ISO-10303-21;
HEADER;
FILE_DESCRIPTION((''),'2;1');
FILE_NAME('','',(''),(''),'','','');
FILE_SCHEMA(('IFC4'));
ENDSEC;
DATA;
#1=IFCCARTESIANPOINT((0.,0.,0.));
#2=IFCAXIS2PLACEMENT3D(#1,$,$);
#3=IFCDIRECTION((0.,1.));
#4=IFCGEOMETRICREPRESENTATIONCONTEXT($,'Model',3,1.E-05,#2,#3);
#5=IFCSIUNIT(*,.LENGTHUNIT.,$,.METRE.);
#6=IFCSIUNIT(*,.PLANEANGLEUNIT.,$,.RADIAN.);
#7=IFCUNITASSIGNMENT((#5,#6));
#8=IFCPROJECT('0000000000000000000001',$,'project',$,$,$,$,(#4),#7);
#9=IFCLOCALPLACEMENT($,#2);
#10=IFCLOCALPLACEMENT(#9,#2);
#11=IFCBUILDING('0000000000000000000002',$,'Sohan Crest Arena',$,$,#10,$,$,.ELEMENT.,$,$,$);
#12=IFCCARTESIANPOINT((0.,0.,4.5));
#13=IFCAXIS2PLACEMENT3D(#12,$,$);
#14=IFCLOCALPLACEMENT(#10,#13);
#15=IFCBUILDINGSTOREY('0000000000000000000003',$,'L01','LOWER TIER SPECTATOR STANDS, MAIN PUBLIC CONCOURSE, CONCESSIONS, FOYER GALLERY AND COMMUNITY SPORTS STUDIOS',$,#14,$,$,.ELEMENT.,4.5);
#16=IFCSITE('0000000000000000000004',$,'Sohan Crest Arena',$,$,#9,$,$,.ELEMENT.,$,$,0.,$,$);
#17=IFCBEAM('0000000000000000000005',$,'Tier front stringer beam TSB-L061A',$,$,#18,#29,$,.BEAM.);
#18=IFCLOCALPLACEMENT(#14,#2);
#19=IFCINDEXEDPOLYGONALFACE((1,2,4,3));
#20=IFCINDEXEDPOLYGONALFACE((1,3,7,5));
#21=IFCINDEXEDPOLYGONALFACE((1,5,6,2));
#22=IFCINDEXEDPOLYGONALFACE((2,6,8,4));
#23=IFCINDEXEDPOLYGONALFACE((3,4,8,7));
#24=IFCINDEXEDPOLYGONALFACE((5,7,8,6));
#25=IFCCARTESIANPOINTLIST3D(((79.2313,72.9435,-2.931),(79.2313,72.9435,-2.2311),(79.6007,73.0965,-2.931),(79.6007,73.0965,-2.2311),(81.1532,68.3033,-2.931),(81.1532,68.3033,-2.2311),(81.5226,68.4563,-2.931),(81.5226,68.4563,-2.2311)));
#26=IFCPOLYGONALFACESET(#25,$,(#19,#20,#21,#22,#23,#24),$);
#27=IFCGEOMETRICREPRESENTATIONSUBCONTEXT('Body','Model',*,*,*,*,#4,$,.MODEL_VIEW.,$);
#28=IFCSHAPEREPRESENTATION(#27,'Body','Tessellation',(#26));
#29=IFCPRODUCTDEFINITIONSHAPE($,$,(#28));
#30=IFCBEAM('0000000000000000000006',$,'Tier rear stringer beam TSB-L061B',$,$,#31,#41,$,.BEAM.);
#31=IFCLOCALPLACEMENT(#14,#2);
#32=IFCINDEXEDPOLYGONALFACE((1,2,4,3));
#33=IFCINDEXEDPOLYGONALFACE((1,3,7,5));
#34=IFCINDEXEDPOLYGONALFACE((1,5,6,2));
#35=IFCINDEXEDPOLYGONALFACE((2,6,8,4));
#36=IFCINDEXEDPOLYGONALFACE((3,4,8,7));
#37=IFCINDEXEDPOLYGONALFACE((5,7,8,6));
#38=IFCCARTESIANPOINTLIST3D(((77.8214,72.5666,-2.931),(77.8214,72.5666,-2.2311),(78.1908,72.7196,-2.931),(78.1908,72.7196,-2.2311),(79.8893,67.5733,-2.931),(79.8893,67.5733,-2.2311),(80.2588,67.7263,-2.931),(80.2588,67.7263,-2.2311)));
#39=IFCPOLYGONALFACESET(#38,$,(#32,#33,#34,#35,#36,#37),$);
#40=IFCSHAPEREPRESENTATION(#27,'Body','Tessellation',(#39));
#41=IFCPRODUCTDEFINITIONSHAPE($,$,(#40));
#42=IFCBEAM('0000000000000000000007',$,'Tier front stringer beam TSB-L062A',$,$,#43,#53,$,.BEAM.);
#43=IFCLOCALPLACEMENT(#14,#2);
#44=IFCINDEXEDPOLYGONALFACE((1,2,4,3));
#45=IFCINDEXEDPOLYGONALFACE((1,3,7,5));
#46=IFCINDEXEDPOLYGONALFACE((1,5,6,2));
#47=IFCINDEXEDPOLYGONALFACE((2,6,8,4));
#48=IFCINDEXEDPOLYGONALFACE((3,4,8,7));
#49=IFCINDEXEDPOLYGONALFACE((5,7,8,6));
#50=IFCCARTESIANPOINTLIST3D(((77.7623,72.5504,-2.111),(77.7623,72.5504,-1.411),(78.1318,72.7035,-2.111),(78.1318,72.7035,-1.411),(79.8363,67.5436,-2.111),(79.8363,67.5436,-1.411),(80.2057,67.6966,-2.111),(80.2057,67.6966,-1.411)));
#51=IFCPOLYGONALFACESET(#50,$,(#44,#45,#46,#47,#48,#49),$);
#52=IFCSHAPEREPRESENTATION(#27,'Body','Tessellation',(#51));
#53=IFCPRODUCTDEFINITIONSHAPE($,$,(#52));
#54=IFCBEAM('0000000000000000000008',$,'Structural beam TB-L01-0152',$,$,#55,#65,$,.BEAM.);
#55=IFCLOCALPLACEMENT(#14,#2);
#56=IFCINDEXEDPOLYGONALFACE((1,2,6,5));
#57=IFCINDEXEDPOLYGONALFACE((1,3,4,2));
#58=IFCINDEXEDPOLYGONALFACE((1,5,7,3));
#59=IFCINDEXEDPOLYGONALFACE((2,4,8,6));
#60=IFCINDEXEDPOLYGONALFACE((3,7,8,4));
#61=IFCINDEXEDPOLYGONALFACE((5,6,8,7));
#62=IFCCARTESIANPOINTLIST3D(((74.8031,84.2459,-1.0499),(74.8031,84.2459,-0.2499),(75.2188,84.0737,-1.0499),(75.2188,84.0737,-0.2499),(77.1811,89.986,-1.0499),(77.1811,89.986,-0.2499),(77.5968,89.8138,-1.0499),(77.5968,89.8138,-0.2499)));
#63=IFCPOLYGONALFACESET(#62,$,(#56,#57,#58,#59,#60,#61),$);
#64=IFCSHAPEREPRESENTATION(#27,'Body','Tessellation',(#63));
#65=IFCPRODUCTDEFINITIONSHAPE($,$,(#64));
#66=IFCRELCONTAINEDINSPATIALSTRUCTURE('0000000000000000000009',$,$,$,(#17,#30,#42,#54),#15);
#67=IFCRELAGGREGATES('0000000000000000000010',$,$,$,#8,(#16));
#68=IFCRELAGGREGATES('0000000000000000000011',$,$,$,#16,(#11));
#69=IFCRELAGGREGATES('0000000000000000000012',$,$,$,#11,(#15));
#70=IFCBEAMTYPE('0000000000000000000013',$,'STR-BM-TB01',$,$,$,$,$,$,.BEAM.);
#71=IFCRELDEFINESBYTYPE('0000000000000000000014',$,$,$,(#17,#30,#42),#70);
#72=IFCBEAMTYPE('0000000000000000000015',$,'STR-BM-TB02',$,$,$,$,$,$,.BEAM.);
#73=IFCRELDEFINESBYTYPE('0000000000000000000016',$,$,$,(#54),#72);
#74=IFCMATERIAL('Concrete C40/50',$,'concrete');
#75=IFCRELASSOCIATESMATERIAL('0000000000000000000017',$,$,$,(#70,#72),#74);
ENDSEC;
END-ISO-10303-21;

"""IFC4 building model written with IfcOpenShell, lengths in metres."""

from ifc_helpers import new_model, si_unit, direction, frame, origin, origin_2d, place, context, subcontext, project, spatial, rectangle, extrude, material, material_profile, profile_set, type_object, element, save


model = new_model("IFC4")

# Units and contexts
model_context = context("Model", 3, precision=1e-05, world=origin(), true_north=direction((0.0, 1.0)))
body_context = subcontext(model_context, "Body", "Model", "MODEL_VIEW")
ifc_project = project(units=[si_unit("LENGTHUNIT", "METRE"), si_unit("PLANEANGLEUNIT", "RADIAN")], contexts=[model_context])

# Site, building, storey
site_placement = place(None, origin())
site = spatial("IfcSite", under=ifc_project, at=site_placement, Name="Sohan Crest Arena", CompositionType="ELEMENT", RefElevation=0.0)
building_placement = place(site_placement, origin())
building = spatial("IfcBuilding", under=site, at=building_placement, Name="Sohan Crest Arena", CompositionType="ELEMENT")
storey_placement = place(building_placement, frame((0.0, 0.0, 4.5)))
storey = spatial("IfcBuildingStorey", under=building, at=storey_placement, Name="L01", Description="LOWER TIER SPECTATOR STANDS, MAIN PUBLIC CONCOURSE, CONCESSIONS, FOYER GALLERY AND COMMUNITY SPORTS STUDIOS", CompositionType="ELEMENT", Elevation=4.5)

# Shared definitions
ifc_material_1 = material(Name="Concrete C40/50", Category="concrete")

# Beams
ifc_material_profile_1 = material_profile(ifc_material_1, rectangle(XDim=0.3999, YDim=0.7, at=origin_2d()), Name="RC-BM 400x700")
ifc_profile_set_1 = profile_set([ifc_material_profile_1], Name="Concrete C40/50")
beam_type_1 = type_object("IfcBeamType", Name="STR-BM-TB01", PredefinedType="BEAM", material=ifc_profile_set_1)
beam_1_placement = place(storey_placement, frame((79.416, 73.02, -2.5811), z_axis=(0.382661, -0.923889, 0.0), x_axis=(0.923889, 0.382661, 0.0)))
element("IfcBeam", 1, at=beam_1_placement, inside=storey, type_object=beam_type_1, Name="Tier front stringer beam TSB-L061A", PredefinedType="BEAM", context=body_context, shape_type="SweptSolid", body=[
    extrude(rectangle(XDim=0.3999, YDim=0.7, at=origin_2d()), origin(), (0.0, 0.0, 1.0), 5.0225),
])
beam_2_placement = place(storey_placement, frame((78.0061, 72.6431, -2.5811), z_axis=(0.382626, -0.923903, 0.0), x_axis=(0.923903, 0.382626, 0.0)))
element("IfcBeam", 2, at=beam_2_placement, inside=storey, type_object=beam_type_1, Name="Tier rear stringer beam TSB-L061B", PredefinedType="BEAM", context=body_context, shape_type="SweptSolid", body=[
    extrude(rectangle(XDim=0.3999, YDim=0.7, at=origin_2d()), origin(), (0.0, 0.0, 1.0), 5.4045),
])
beam_3_placement = place(storey_placement, frame((77.947, 72.627, -1.761), z_axis=(0.382695, -0.923875, 0.0), x_axis=(0.923875, 0.382695, 0.0)))
element("IfcBeam", 3, at=beam_3_placement, inside=storey, type_object=beam_type_1, Name="Tier front stringer beam TSB-L062A", PredefinedType="BEAM", context=body_context, shape_type="SweptSolid", body=[
    extrude(rectangle(XDim=0.3999, YDim=0.7, at=origin_2d()), origin(), (0.0, 0.0, 1.0), 5.4194),
])
ifc_material_profile_2 = material_profile(ifc_material_1, rectangle(XDim=0.45, YDim=0.8, at=origin_2d()), Name="RC-BM 450x800")
ifc_profile_set_2 = profile_set([ifc_material_profile_2], Name="Concrete C40/50")
beam_type_2 = type_object("IfcBeamType", Name="STR-BM-TB02", PredefinedType="BEAM", material=ifc_profile_set_2)
beam_4_placement = place(storey_placement, frame((77.3889, 89.8999, -0.6499), z_axis=(-0.382731, -0.92386, 0.0), x_axis=(0.92386, -0.382731, 0.0)))
element("IfcBeam", 4, at=beam_4_placement, inside=storey, type_object=beam_type_2, Name="Structural beam TB-L01-0152", PredefinedType="BEAM", context=body_context, shape_type="SweptSolid", body=[
    extrude(rectangle(XDim=0.45, YDim=0.8, at=origin_2d()), origin(), (0.0, 0.0, 1.0), 6.2131),
])

save(model, "model.ifc")
